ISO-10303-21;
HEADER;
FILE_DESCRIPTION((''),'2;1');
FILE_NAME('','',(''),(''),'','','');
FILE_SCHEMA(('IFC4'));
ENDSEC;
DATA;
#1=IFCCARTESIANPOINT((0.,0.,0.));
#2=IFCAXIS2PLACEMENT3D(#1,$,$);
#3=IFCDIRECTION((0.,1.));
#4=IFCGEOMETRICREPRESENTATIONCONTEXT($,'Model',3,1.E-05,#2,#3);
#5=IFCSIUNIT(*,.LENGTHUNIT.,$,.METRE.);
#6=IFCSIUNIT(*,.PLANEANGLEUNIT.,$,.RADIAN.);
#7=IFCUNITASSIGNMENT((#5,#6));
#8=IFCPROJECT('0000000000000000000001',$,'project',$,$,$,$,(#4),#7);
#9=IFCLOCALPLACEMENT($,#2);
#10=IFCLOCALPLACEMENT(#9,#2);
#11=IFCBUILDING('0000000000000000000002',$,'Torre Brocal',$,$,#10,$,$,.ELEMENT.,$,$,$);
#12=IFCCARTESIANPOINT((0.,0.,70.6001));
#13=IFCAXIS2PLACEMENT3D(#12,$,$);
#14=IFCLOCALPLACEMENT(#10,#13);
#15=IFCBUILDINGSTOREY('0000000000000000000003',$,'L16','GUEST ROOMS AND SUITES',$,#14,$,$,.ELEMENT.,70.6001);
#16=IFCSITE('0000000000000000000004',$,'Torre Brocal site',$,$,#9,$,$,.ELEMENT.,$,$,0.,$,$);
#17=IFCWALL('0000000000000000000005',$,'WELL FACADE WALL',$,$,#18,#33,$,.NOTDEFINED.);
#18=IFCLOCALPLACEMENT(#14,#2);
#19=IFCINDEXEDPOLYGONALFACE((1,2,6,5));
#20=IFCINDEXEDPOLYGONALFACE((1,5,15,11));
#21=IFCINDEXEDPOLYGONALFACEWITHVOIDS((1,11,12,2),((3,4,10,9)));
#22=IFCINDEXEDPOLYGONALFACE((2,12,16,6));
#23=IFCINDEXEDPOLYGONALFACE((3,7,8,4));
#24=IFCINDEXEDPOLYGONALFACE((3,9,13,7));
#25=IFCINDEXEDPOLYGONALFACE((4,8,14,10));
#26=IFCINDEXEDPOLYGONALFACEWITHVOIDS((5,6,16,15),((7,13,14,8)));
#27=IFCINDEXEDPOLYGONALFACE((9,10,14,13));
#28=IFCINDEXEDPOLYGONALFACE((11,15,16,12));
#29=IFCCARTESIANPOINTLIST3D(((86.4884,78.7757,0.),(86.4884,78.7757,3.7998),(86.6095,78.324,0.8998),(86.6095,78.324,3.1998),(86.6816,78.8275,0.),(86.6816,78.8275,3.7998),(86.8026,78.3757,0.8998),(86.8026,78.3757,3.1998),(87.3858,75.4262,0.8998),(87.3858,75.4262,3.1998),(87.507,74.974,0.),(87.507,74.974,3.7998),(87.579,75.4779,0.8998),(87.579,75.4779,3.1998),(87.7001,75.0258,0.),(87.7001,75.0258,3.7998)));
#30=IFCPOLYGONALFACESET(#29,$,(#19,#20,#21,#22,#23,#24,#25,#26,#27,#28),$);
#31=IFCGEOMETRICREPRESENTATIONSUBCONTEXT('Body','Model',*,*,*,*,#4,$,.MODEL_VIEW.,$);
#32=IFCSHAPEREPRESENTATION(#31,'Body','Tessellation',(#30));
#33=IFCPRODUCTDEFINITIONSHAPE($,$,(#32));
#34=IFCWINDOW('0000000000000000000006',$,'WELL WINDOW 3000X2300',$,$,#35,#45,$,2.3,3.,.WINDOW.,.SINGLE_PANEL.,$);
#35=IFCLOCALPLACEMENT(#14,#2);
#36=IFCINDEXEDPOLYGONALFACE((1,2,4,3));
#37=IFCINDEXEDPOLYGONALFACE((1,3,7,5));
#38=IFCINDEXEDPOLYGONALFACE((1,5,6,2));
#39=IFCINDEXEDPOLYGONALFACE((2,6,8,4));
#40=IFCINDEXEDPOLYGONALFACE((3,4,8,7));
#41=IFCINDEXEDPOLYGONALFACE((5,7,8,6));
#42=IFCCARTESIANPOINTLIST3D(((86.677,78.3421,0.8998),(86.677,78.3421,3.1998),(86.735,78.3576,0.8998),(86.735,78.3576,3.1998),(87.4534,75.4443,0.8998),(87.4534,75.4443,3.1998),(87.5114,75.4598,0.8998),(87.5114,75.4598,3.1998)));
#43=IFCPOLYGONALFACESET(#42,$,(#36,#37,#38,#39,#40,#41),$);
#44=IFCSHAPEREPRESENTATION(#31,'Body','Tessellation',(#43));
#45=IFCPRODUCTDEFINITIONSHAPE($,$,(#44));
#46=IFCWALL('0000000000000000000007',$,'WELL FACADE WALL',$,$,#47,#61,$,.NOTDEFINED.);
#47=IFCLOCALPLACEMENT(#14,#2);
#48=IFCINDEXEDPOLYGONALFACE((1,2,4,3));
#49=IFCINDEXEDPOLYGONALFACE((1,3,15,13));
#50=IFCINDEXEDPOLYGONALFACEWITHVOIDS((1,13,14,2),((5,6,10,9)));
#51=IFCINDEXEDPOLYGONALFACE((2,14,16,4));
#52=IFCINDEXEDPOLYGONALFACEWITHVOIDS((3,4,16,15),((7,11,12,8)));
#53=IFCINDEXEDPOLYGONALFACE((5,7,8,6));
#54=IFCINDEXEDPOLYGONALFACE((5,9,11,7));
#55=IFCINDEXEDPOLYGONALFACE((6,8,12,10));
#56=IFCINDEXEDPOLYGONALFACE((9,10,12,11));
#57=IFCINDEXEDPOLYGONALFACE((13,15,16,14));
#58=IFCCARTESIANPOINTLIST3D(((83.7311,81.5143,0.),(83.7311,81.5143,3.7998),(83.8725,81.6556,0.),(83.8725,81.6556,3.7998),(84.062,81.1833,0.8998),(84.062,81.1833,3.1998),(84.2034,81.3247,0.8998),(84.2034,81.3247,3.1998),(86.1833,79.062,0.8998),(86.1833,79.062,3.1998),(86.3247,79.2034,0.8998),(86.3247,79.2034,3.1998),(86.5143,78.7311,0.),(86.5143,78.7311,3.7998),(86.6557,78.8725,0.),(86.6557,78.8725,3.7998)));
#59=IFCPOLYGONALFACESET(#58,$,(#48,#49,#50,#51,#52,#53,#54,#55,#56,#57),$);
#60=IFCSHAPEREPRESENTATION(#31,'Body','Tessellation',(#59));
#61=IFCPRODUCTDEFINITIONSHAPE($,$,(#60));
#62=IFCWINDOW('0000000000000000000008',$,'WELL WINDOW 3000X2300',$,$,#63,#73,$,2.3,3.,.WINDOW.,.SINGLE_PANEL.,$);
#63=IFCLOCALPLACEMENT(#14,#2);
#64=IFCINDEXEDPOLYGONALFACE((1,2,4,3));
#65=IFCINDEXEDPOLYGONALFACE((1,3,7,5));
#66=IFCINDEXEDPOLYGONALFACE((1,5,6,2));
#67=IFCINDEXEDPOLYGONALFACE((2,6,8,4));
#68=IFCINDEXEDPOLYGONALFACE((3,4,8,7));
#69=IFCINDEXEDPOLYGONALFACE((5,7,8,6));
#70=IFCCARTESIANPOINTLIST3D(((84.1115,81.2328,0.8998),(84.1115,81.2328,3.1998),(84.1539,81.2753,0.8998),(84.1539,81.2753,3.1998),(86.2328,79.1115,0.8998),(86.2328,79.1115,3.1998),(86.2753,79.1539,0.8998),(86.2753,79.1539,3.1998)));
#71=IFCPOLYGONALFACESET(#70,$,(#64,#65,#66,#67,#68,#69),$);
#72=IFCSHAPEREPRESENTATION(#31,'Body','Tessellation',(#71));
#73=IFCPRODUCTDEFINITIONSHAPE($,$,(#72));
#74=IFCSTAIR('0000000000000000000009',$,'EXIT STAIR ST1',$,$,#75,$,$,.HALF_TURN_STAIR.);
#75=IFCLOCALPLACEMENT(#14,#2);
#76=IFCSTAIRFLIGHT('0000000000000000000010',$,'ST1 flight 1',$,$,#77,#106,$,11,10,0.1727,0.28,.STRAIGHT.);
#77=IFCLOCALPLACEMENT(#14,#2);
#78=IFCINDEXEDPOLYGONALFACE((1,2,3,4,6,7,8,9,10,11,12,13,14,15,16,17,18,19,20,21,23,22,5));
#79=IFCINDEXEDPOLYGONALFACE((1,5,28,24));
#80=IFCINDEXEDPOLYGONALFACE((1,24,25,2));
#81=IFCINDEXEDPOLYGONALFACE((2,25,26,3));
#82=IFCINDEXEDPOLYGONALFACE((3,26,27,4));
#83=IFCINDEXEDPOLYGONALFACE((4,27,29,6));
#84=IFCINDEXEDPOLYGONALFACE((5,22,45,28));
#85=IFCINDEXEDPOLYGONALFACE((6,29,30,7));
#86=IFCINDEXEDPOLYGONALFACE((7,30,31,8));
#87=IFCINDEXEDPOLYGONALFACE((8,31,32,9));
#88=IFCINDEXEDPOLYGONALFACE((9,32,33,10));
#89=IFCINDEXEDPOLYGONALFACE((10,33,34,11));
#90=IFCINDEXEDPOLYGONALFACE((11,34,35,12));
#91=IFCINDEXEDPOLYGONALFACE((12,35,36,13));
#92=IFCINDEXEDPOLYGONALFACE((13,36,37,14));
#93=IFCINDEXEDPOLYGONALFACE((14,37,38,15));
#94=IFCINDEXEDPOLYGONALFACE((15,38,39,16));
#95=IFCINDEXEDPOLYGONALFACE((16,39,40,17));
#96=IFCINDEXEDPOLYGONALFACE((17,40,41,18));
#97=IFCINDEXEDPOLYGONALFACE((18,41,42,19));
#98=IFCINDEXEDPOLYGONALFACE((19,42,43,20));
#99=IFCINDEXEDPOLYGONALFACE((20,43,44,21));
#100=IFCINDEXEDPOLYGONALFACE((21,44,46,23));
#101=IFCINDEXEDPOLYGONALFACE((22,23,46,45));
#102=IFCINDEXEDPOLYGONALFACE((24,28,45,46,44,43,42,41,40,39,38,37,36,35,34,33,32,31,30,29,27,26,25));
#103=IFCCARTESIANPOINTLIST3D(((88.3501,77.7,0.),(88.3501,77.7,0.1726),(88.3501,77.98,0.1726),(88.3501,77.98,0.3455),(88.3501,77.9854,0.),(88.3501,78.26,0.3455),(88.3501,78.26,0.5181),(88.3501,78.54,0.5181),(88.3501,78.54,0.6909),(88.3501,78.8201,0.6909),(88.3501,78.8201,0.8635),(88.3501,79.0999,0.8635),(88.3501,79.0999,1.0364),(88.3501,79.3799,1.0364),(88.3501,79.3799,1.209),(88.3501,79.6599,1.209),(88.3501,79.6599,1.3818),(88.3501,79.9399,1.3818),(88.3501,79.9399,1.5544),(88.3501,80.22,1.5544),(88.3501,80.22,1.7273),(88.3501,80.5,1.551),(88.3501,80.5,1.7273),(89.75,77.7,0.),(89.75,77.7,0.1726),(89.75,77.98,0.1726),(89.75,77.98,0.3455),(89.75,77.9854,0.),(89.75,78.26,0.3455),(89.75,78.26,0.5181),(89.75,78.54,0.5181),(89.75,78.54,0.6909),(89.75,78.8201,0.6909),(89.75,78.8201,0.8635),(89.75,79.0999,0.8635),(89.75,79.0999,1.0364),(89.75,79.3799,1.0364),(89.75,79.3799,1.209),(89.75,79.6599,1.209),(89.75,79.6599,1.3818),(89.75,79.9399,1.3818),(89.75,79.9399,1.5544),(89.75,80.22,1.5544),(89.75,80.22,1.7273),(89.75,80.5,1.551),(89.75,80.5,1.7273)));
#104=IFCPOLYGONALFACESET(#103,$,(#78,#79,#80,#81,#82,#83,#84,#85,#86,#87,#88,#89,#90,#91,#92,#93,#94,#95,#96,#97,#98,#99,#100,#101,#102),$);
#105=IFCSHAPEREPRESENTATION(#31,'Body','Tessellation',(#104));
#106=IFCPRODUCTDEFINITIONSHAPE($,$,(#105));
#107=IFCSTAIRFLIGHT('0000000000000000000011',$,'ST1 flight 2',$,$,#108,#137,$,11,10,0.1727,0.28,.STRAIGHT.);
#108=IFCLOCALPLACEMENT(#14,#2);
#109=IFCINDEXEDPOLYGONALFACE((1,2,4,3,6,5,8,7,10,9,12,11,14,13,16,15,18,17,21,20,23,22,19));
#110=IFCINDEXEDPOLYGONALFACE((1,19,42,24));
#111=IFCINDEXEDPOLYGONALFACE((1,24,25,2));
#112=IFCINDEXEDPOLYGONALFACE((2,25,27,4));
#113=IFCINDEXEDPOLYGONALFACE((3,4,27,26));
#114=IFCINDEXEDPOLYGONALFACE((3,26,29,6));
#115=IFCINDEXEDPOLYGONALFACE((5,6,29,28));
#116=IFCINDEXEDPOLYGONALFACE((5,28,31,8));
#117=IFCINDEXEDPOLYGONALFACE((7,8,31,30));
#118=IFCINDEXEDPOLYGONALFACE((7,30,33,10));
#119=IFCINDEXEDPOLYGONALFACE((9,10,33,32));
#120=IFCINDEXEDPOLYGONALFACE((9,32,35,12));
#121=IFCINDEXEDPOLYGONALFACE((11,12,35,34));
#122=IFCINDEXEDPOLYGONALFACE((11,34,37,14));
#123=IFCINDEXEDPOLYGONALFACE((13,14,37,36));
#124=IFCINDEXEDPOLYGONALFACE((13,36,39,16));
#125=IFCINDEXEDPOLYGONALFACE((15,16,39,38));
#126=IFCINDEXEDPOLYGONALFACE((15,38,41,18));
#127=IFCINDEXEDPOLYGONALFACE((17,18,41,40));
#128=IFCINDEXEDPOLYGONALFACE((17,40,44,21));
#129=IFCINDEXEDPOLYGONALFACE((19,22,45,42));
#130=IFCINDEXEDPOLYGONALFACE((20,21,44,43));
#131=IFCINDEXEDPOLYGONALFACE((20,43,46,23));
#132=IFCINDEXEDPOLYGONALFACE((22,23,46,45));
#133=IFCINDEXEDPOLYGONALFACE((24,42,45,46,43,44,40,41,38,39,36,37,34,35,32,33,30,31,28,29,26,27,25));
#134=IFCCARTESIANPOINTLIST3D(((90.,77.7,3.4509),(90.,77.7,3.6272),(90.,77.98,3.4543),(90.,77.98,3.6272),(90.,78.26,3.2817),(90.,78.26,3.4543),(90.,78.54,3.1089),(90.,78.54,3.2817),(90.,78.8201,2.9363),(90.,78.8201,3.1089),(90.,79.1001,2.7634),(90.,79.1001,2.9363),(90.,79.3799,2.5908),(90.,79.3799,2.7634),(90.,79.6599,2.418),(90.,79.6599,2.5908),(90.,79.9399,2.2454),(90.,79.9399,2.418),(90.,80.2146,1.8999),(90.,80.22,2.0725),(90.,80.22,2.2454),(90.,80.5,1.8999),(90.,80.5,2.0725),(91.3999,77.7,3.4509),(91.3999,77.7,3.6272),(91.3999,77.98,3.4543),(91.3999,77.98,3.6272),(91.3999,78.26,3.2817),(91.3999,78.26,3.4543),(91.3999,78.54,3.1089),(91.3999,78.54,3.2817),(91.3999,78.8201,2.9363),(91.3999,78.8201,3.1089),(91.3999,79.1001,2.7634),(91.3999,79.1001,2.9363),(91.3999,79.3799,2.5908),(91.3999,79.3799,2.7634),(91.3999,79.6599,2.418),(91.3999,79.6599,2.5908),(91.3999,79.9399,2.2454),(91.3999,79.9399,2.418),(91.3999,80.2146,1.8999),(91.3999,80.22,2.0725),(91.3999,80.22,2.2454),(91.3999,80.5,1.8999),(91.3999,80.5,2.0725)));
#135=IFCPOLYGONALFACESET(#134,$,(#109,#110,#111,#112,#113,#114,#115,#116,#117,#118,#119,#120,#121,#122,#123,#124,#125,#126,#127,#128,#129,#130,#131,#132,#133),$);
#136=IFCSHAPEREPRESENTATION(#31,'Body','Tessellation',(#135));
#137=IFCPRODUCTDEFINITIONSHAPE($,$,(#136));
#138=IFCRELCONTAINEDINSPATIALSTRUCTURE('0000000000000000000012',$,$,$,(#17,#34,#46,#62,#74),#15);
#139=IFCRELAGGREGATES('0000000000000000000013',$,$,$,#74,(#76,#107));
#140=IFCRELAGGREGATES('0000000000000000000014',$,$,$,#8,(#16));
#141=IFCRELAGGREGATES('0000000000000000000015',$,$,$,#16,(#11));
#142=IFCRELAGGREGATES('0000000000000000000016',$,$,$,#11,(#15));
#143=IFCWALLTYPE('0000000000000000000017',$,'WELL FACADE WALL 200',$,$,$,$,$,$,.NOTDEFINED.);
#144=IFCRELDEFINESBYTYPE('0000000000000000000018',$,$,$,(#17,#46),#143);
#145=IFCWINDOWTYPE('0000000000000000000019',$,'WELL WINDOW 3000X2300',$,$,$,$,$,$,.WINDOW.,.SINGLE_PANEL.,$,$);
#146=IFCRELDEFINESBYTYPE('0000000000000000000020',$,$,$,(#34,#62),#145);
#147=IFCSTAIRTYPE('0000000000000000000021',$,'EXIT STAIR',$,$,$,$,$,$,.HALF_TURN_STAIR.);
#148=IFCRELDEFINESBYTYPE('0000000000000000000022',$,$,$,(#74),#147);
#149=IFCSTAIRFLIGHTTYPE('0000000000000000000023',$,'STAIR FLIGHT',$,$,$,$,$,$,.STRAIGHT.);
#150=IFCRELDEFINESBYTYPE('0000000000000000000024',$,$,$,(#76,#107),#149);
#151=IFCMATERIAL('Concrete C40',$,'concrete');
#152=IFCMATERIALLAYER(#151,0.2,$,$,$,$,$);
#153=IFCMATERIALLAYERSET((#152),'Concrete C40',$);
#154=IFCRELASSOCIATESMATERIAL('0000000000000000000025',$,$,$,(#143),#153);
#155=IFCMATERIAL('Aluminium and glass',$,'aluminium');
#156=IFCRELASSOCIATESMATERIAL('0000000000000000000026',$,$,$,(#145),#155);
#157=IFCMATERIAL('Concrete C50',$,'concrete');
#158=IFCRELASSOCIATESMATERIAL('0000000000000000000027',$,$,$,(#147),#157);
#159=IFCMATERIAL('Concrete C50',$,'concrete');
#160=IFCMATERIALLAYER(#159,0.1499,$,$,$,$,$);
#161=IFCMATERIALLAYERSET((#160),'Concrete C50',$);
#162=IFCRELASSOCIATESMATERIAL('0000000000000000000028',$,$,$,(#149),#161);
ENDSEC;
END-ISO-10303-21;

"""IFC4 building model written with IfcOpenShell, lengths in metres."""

from ifc_helpers import new_model, si_unit, direction, frame, frame_2d, origin, place, context, subcontext, project, spatial, polyline, rectangle, outline, extrude, material, layer, layer_set, type_object, element, fill, aggregate, save


model = new_model("IFC4")

# Units and contexts
model_context = context("Model", 3, precision=1e-05, world=origin(), true_north=direction((0.0, 1.0)))
body_context = subcontext(model_context, "Body", "Model", "MODEL_VIEW")
ifc_project = project(units=[si_unit("LENGTHUNIT", "METRE"), si_unit("PLANEANGLEUNIT", "RADIAN")], contexts=[model_context])

# Site, building, storey
site_placement = place(None, origin())
site = spatial("IfcSite", under=ifc_project, at=site_placement, Name="Torre Brocal site", CompositionType="ELEMENT", RefElevation=0.0)
building_placement = place(site_placement, origin())
building = spatial("IfcBuilding", under=site, at=building_placement, Name="Torre Brocal", CompositionType="ELEMENT")
storey_placement = place(building_placement, frame((0.0, 0.0, 70.6001)))
storey = spatial("IfcBuildingStorey", under=building, at=storey_placement, Name="L16", Description="GUEST ROOMS AND SUITES", CompositionType="ELEMENT", Elevation=70.6001)

# Walls, openings, windows
ifc_material_1 = material(Name="Concrete C40", Category="concrete")
ifc_layer_1 = layer(ifc_material_1, 0.2)
ifc_layer_set_1 = layer_set([ifc_layer_1], Name="Concrete C40")
wall_type_1 = type_object("IfcWallType", Name="WELL FACADE WALL 200", PredefinedType="NOTDEFINED", material=ifc_layer_set_1)
wall_1_placement = place(storey_placement, frame((87.6035, 75.0, 0.0), z_axis=(0.0, 0.0, 1.0), x_axis=(-0.25879, 0.965934, 0.0)))
wall_1 = element("IfcWall", 1, at=wall_1_placement, inside=storey, type_object=wall_type_1, Name="WELL FACADE WALL", PredefinedType="NOTDEFINED", context=body_context, shape_type="SweptSolid", body=[
    extrude(rectangle(XDim=3.9358, YDim=0.2, at=frame_2d((1.9678, 0.0))), origin(), (0.0, 0.0, 1.0), 3.7998),
])
opening_1_placement = place(wall_1_placement, frame((0.468, 0.0, 0.8999)))
opening_1 = element("IfcOpeningElement", 2, at=opening_1_placement, cuts=wall_1, PredefinedType="OPENING", context=body_context, shape_type="SweptSolid", body=[
    extrude(rectangle(XDim=3.0, YDim=2.3, at=frame_2d((1.5, 1.1499))), frame((0.0, 0.1099, 0.0), z_axis=(0.0, -1.0, 0.0), x_axis=(1.0, 0.0, 0.0)), (0.0, 0.0, 1.0), 0.22),
])
ifc_material_2 = material(Name="Aluminium and glass", Category="aluminium")
window_type = type_object("IfcWindowType", Name="WELL WINDOW 3000X2300", PartitioningType="SINGLE_PANEL", PredefinedType="WINDOW", material=ifc_material_2)
window_1_placement = place(opening_1_placement, origin())
window_1 = element("IfcWindow", 3, at=window_1_placement, inside=storey, type_object=window_type, Name="WELL WINDOW 3000X2300", OverallHeight=2.3, OverallWidth=3.0, PartitioningType="SINGLE_PANEL", PredefinedType="WINDOW", context=body_context, shape_type="SweptSolid", body=[
    extrude(rectangle(XDim=3.0, YDim=2.3, at=frame_2d((1.5, 1.1499))), frame((0.0, 0.03, 0.0), z_axis=(0.0, -1.0, 0.0), x_axis=(1.0, 0.0, 0.0)), (0.0, 0.0, 1.0), 0.0601),
])
fill(opening_1, window_1)
wall_2_placement = place(storey_placement, frame((86.585, 78.8018, 0.0), z_axis=(0.0, 0.0, 1.0), x_axis=(-0.707107, 0.707107, 0.0)))
wall_2 = element("IfcWall", 4, at=wall_2_placement, inside=storey, type_object=wall_type_1, Name="WELL FACADE WALL", PredefinedType="NOTDEFINED", context=body_context, shape_type="SweptSolid", body=[
    extrude(rectangle(XDim=3.936, YDim=0.2, at=frame_2d((1.968, 0.0))), origin(), (0.0, 0.0, 1.0), 3.7998),
])
opening_2_placement = place(wall_2_placement, frame((0.468, 0.0, 0.8999)))
opening_2 = element("IfcOpeningElement", 5, at=opening_2_placement, cuts=wall_2, PredefinedType="OPENING", context=body_context, shape_type="SweptSolid", body=[
    extrude(rectangle(XDim=3.0, YDim=2.3, at=frame_2d((1.5, 1.1499))), frame((0.0, 0.1099, 0.0), z_axis=(0.0, -1.0, 0.0), x_axis=(1.0, 0.0, 0.0)), (0.0, 0.0, 1.0), 0.22),
])
window_2_placement = place(opening_2_placement, origin())
window_2 = element("IfcWindow", 6, at=window_2_placement, inside=storey, type_object=window_type, Name="WELL WINDOW 3000X2300", OverallHeight=2.3, OverallWidth=3.0, PartitioningType="SINGLE_PANEL", PredefinedType="WINDOW", context=body_context, shape_type="SweptSolid", body=[
    extrude(rectangle(XDim=3.0, YDim=2.3, at=frame_2d((1.5, 1.1499))), frame((0.0, 0.03, 0.0), z_axis=(0.0, -1.0, 0.0), x_axis=(1.0, 0.0, 0.0)), (0.0, 0.0, 1.0), 0.0601),
])
fill(opening_2, window_2)

# Stair, stair flights
ifc_material_3 = material(Name="Concrete C50", Category="concrete")
stair_type = type_object("IfcStairType", Name="EXIT STAIR", PredefinedType="HALF_TURN_STAIR", material=ifc_material_3)
stair_placement = place(storey_placement, origin())
stair = element("IfcStair", 7, at=stair_placement, inside=storey, type_object=stair_type, Name="EXIT STAIR ST1", PredefinedType="HALF_TURN_STAIR")
ifc_material_4 = material(Name="Concrete C50", Category="concrete")
ifc_layer_2 = layer(ifc_material_4, 0.1499)
ifc_layer_set_2 = layer_set([ifc_layer_2], Name="Concrete C50")
stair_flight_type = type_object("IfcStairFlightType", Name="STAIR FLIGHT", PredefinedType="STRAIGHT", material=ifc_layer_set_2)
stair_flight_1_placement = place(storey_placement, frame((89.05, 77.7, 0.0), z_axis=(0.0, 0.0, 1.0), x_axis=(0.0, 1.0, 0.0)))
stair_flight_1 = element("IfcStairFlight", 8, at=stair_flight_1_placement, type_object=stair_flight_type, Name="ST1 flight 1", NumberOfRisers=11, NumberOfTreads=10, PredefinedType="STRAIGHT", RiserHeight=0.1727, TreadLength=0.28, context=body_context, shape_type="SweptSolid", body=[
    extrude(outline(polyline([(0.0, 0.0), (0.0, 0.1726), (0.28, 0.1726), (0.28, 0.3455), (0.5601, 0.3455), (0.5601, 0.5181), (0.8401, 0.5181), (0.8401, 0.6909), (1.1201, 0.6909), (1.1201, 0.8635), (1.3999, 0.8635), (1.3999, 1.0364), (1.6799, 1.0364), (1.6799, 1.209), (1.96, 1.209), (1.96, 1.3818), (2.24, 1.3818), (2.24, 1.5544), (2.52, 1.5544), (2.52, 1.7273), (2.8, 1.7273), (2.8, 1.8999), (2.8, 1.551), (0.2854, 0.0), (0.0, 0.0)])), frame((0.0, 0.7, 0.0), z_axis=(0.0, -1.0, 0.0), x_axis=(1.0, 0.0, 0.0)), (0.0, 0.0, 1.0), 1.3999),
])
stair_flight_2_placement = place(storey_placement, frame((90.7, 80.5, 1.8999), z_axis=(0.0, 0.0, 1.0), x_axis=(0.0, -1.0, 0.0)))
stair_flight_2 = element("IfcStairFlight", 9, at=stair_flight_2_placement, type_object=stair_flight_type, Name="ST1 flight 2", NumberOfRisers=11, NumberOfTreads=10, PredefinedType="STRAIGHT", RiserHeight=0.1727, TreadLength=0.28, context=body_context, shape_type="SweptSolid", body=[
    extrude(outline(polyline([(0.0, 0.0), (0.0, 0.1726), (0.28, 0.1726), (0.28, 0.3455), (0.5601, 0.3455), (0.5601, 0.5181), (0.8401, 0.5181), (0.8401, 0.6909), (1.1201, 0.6909), (1.1201, 0.8635), (1.3999, 0.8635), (1.3999, 1.0364), (1.6799, 1.0364), (1.6799, 1.209), (1.96, 1.209), (1.96, 1.3818), (2.24, 1.3818), (2.24, 1.5544), (2.52, 1.5544), (2.52, 1.7273), (2.8, 1.7273), (2.8, 1.8999), (2.8, 1.551), (0.2854, 0.0), (0.0, 0.0)])), frame((0.0, 0.7, 0.0), z_axis=(0.0, -1.0, 0.0), x_axis=(1.0, 0.0, 0.0)), (0.0, 0.0, 1.0), 1.3999),
])
aggregate(stair, [stair_flight_1, stair_flight_2])

save(model, "model.ifc")
